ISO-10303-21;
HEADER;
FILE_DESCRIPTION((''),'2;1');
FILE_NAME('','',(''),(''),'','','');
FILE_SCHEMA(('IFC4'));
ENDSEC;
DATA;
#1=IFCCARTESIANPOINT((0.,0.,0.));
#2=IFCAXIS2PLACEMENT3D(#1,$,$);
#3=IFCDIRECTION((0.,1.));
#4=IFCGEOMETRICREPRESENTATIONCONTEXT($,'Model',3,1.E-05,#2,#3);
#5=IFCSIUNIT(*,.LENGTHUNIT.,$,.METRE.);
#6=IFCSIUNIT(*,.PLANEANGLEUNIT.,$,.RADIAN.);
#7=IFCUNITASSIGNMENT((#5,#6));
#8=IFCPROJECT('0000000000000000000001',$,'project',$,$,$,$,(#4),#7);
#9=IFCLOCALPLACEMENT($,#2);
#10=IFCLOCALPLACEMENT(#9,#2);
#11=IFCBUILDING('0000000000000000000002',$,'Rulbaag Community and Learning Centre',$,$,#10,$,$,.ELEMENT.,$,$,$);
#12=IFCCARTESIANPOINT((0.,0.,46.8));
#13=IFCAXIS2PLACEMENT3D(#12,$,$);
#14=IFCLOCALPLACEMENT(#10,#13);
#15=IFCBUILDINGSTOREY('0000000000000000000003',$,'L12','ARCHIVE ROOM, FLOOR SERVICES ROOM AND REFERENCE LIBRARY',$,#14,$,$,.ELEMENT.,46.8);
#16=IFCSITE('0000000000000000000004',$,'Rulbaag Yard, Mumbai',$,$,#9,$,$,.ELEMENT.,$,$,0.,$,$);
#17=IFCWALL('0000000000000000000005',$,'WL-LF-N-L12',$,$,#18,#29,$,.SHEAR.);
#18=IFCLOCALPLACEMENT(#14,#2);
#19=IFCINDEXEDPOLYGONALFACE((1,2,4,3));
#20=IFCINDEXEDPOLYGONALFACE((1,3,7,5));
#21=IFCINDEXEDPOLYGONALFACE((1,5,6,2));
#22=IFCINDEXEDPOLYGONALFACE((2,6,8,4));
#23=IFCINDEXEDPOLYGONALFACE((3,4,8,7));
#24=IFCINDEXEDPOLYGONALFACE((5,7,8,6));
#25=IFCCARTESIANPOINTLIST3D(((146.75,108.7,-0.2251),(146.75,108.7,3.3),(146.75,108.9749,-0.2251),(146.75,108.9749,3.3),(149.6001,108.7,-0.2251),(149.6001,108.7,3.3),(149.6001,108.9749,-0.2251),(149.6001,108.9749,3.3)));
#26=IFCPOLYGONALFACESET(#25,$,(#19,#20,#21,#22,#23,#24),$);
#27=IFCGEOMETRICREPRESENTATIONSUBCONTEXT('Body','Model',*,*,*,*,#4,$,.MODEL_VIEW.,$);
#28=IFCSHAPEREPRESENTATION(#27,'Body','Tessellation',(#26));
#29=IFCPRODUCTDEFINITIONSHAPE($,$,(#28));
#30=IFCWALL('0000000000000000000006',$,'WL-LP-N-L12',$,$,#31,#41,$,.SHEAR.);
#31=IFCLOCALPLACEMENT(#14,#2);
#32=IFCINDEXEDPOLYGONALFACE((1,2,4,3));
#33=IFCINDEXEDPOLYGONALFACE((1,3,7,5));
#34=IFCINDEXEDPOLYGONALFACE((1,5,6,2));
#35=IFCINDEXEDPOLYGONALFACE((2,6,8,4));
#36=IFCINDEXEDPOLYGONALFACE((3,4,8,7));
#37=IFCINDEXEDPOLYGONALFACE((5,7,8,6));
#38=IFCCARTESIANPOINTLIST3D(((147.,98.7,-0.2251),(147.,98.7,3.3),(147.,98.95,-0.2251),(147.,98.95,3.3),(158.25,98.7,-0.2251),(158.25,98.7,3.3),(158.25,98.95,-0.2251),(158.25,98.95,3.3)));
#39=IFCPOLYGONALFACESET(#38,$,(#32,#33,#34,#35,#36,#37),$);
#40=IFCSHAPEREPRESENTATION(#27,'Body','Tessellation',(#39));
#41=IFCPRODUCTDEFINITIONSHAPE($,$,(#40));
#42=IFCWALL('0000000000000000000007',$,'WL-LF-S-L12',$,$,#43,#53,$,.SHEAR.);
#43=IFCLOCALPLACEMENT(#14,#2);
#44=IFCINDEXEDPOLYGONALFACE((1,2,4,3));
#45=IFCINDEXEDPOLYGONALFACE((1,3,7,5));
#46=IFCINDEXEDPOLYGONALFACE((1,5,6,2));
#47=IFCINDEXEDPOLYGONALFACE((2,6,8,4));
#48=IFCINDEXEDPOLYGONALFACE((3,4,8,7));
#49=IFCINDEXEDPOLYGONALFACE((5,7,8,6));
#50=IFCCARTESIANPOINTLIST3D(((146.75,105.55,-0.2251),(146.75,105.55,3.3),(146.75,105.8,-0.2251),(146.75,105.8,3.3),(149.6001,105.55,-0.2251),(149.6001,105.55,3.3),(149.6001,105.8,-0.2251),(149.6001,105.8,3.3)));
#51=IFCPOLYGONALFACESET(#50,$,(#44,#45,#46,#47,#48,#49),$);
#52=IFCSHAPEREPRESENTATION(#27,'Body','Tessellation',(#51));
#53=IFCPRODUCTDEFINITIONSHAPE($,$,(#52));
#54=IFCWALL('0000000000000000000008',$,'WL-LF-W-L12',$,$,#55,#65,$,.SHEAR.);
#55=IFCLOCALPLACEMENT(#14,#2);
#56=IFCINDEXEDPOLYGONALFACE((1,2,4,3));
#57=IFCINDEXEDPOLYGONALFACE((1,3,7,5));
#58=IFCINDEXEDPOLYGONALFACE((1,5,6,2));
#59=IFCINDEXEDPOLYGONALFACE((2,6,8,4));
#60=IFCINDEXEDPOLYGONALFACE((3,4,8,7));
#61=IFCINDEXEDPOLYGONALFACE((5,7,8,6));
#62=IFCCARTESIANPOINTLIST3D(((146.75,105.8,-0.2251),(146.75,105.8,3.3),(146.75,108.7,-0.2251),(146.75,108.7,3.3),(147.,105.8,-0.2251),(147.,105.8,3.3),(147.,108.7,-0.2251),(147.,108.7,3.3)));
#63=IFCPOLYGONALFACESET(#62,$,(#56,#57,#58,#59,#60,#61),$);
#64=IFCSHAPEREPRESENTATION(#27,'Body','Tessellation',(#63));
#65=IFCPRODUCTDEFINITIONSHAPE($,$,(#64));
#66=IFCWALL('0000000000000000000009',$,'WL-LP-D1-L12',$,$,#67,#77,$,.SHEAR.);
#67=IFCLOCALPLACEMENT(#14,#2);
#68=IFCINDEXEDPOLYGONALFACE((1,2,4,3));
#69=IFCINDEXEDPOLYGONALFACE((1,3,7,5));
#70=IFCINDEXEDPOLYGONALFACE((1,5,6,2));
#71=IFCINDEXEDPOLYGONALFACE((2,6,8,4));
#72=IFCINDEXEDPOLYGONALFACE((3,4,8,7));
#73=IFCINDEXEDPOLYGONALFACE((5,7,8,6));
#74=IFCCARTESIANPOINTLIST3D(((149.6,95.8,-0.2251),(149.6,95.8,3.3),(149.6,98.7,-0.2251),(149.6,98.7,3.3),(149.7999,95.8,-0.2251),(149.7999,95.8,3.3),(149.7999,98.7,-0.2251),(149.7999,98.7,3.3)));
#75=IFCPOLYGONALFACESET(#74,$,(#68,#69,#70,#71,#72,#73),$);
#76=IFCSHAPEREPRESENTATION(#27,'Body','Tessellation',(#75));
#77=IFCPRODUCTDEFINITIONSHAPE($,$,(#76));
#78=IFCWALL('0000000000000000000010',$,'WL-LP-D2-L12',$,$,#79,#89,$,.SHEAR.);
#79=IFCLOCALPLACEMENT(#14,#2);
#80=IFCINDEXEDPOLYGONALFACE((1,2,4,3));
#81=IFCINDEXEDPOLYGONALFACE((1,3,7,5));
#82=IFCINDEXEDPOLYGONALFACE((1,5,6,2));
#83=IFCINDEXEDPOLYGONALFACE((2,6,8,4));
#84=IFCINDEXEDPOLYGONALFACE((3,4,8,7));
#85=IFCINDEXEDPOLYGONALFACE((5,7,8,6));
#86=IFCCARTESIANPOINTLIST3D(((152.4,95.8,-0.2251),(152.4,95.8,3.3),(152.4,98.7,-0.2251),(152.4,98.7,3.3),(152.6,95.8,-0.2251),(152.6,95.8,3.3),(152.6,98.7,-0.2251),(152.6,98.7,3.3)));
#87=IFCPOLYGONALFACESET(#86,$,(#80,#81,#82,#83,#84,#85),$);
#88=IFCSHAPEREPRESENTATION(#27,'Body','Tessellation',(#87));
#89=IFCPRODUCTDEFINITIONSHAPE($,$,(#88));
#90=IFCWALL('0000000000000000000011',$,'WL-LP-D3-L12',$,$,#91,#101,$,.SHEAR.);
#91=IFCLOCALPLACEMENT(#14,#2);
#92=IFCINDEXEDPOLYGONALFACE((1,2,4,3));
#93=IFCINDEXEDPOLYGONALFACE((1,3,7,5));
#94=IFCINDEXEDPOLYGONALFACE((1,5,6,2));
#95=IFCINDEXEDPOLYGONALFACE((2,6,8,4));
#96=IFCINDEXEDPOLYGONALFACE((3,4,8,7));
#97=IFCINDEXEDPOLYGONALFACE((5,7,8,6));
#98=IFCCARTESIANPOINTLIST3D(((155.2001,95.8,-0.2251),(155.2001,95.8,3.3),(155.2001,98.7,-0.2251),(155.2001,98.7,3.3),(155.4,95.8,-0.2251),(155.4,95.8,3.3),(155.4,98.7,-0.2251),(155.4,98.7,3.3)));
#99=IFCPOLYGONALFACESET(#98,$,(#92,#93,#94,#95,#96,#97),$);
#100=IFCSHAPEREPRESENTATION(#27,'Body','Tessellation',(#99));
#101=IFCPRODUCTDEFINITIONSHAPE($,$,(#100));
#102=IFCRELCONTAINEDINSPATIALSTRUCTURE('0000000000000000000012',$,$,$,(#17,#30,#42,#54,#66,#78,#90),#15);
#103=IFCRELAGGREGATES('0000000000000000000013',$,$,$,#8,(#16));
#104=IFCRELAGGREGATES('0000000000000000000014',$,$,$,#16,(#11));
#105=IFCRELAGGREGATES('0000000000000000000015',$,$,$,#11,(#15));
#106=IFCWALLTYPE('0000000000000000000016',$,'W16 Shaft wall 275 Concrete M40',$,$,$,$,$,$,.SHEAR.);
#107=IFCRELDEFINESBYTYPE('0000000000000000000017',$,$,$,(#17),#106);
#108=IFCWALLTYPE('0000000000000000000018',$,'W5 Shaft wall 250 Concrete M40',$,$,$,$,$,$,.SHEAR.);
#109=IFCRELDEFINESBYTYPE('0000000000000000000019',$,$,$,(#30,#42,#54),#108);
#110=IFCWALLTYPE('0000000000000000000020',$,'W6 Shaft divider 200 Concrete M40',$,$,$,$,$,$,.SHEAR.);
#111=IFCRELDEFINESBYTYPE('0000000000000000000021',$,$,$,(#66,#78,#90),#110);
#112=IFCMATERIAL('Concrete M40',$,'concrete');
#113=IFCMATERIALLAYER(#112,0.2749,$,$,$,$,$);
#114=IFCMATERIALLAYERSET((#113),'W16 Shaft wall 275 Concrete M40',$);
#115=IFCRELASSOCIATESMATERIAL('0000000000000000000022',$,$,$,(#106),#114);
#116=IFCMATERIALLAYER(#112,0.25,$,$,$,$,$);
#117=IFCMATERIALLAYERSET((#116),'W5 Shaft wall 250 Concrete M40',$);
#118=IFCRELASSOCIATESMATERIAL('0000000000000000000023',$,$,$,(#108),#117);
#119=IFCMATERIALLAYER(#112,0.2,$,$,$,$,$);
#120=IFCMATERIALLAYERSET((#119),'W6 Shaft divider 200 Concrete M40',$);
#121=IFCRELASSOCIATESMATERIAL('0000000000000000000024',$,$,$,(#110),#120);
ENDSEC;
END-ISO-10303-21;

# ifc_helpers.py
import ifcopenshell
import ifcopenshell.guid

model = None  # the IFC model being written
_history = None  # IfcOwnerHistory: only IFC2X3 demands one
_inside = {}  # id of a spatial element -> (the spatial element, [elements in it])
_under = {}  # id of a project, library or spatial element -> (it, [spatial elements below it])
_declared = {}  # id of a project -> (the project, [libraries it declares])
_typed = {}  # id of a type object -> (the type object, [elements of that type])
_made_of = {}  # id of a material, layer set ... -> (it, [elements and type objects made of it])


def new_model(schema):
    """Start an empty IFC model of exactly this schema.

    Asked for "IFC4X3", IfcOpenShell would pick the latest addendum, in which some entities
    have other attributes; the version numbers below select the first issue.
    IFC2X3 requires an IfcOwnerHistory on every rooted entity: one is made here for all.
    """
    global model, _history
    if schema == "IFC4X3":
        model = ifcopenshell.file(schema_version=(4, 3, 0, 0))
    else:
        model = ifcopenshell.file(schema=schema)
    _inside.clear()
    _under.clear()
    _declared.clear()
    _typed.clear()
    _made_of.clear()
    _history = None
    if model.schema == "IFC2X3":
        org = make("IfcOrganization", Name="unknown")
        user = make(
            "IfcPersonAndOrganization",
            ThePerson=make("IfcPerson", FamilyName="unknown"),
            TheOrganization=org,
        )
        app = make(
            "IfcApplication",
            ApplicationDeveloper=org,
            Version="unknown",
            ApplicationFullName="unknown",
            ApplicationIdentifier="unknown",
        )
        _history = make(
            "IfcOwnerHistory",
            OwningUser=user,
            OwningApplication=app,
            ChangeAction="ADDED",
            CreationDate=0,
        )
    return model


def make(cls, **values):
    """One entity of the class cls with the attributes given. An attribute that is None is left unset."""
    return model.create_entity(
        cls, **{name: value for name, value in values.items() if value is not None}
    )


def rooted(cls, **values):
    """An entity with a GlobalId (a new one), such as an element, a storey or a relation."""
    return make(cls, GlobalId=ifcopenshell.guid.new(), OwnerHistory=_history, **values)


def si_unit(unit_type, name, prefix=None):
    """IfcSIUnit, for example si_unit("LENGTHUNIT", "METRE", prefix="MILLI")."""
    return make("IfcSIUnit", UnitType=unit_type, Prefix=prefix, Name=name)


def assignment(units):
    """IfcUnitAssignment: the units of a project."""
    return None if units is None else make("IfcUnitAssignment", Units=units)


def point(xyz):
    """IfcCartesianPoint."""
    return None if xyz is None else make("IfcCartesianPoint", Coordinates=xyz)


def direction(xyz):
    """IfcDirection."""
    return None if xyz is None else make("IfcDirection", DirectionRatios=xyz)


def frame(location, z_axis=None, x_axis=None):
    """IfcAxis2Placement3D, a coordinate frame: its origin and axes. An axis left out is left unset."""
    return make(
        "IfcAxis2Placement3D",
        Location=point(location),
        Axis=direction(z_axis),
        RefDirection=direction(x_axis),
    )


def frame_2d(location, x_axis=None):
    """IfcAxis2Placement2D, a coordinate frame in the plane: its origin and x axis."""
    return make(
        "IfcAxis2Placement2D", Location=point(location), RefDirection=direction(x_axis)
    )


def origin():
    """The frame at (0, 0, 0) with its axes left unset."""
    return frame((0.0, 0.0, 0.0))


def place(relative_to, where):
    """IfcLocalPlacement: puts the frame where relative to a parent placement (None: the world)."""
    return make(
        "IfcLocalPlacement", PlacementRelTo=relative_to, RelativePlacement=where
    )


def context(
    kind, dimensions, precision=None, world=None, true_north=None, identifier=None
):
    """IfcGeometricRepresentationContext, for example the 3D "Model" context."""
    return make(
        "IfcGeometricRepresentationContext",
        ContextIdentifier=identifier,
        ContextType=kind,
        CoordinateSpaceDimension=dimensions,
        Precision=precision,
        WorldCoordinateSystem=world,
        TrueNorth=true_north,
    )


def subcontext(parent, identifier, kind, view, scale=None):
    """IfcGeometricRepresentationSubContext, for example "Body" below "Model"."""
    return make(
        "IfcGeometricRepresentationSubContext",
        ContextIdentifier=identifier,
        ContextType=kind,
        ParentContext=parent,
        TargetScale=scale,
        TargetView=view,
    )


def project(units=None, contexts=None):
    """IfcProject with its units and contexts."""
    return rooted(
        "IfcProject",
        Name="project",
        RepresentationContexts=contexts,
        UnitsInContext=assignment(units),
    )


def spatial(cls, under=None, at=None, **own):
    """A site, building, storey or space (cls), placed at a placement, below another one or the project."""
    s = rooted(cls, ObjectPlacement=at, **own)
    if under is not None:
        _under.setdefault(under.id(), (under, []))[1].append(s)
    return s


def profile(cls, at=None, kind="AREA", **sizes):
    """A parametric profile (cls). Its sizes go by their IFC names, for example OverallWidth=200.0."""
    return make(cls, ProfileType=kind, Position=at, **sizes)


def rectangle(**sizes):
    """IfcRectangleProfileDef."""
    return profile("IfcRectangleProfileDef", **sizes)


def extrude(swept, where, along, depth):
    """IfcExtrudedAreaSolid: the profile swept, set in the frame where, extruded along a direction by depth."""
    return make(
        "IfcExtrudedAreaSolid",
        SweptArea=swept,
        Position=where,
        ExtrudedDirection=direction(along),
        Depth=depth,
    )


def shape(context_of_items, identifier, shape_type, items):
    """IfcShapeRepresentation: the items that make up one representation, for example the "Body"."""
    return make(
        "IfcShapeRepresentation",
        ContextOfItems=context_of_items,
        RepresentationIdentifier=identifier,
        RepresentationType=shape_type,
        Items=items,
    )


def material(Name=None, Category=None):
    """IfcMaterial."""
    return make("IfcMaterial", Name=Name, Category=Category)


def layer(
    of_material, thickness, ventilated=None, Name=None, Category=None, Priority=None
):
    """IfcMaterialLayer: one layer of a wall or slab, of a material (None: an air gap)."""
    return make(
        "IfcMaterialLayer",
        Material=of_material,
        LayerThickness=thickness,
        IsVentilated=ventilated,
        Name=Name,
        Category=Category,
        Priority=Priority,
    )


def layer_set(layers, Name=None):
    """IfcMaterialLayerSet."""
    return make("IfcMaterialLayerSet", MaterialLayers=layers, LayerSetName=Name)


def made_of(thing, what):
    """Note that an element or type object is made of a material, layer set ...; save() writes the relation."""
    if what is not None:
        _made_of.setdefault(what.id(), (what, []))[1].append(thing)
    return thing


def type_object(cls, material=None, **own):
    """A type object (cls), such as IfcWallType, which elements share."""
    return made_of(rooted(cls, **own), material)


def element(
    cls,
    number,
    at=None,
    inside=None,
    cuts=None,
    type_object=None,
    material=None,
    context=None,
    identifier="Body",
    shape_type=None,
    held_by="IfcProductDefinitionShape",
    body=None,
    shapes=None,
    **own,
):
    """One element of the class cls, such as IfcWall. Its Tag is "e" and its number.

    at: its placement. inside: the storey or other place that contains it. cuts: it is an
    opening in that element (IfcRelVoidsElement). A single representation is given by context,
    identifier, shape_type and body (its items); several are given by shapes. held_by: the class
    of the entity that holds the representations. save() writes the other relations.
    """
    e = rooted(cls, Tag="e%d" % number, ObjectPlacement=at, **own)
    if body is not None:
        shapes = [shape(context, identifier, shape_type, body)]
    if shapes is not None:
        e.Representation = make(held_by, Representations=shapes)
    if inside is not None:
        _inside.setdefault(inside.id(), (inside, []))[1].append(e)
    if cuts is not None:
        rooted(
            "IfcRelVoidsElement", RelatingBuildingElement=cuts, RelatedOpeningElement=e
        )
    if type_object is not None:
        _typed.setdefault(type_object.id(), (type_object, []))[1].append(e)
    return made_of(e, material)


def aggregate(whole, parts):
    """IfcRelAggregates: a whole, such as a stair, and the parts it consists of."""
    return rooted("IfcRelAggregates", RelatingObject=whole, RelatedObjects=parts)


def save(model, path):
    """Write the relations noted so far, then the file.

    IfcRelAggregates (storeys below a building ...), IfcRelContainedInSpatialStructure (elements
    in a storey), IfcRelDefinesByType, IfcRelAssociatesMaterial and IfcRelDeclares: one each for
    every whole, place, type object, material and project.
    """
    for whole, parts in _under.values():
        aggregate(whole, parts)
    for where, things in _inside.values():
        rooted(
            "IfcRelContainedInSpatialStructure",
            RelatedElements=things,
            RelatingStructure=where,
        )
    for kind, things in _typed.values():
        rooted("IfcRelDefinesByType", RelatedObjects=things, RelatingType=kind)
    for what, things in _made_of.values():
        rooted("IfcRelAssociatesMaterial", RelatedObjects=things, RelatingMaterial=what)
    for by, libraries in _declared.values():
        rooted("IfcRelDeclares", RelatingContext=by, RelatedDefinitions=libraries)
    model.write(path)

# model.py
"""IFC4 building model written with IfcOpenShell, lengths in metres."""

from ifc_helpers import new_model, si_unit, direction, frame, frame_2d, origin, place, context, subcontext, project, spatial, rectangle, extrude, material, layer, layer_set, type_object, element, save


model = new_model("IFC4")

# Units and contexts
model_context = context("Model", 3, precision=1e-05, world=origin(), true_north=direction((0.0, 1.0)))
body_context = subcontext(model_context, "Body", "Model", "MODEL_VIEW")
ifc_project = project(units=[si_unit("LENGTHUNIT", "METRE"), si_unit("PLANEANGLEUNIT", "RADIAN")], contexts=[model_context])

# Site, building, storey
site_placement = place(None, origin())
site = spatial("IfcSite", under=ifc_project, at=site_placement, Name="Rulbaag Yard, Mumbai", CompositionType="ELEMENT", RefElevation=0.0)
building_placement = place(site_placement, origin())
building = spatial("IfcBuilding", under=site, at=building_placement, Name="Rulbaag Community and Learning Centre", CompositionType="ELEMENT")
storey_placement = place(building_placement, frame((0.0, 0.0, 46.8)))
storey = spatial("IfcBuildingStorey", under=building, at=storey_placement, Name="L12", Description="ARCHIVE ROOM, FLOOR SERVICES ROOM AND REFERENCE LIBRARY", CompositionType="ELEMENT", Elevation=46.8)

# Shared definitions
ifc_material_1 = material(Name="Concrete M40", Category="concrete")

# Walls
ifc_layer_1 = layer(ifc_material_1, 0.2749)
ifc_layer_set_1 = layer_set([ifc_layer_1], Name="W16 Shaft wall 275 Concrete M40")
wall_type_1 = type_object("IfcWallType", Name="W16 Shaft wall 275 Concrete M40", PredefinedType="SHEAR", material=ifc_layer_set_1)
wall_1_placement = place(storey_placement, frame((146.75, 108.8374, -0.2251), z_axis=(0.0, 0.0, 1.0), x_axis=(1.0, 0.0, 0.0)))
element("IfcWall", 1, at=wall_1_placement, inside=storey, type_object=wall_type_1, Name="WL-LF-N-L12", PredefinedType="SHEAR", context=body_context, shape_type="SweptSolid", body=[
    extrude(rectangle(XDim=2.8501, YDim=0.2749, at=frame_2d((1.425, 0.0))), origin(), (0.0, 0.0, 1.0), 3.5251),
])
ifc_layer_2 = layer(ifc_material_1, 0.25)
ifc_layer_set_2 = layer_set([ifc_layer_2], Name="W5 Shaft wall 250 Concrete M40")
wall_type_2 = type_object("IfcWallType", Name="W5 Shaft wall 250 Concrete M40", PredefinedType="SHEAR", material=ifc_layer_set_2)
wall_2_placement = place(storey_placement, frame((147.0, 98.825, -0.2251), z_axis=(0.0, 0.0, 1.0), x_axis=(1.0, 0.0, 0.0)))
element("IfcWall", 2, at=wall_2_placement, inside=storey, type_object=wall_type_2, Name="WL-LP-N-L12", PredefinedType="SHEAR", context=body_context, shape_type="SweptSolid", body=[
    extrude(rectangle(XDim=11.25, YDim=0.25, at=frame_2d((5.625, 0.0))), origin(), (0.0, 0.0, 1.0), 3.5251),
])
wall_3_placement = place(storey_placement, frame((146.75, 105.675, -0.2251), z_axis=(0.0, 0.0, 1.0), x_axis=(1.0, 0.0, 0.0)))
element("IfcWall", 3, at=wall_3_placement, inside=storey, type_object=wall_type_2, Name="WL-LF-S-L12", PredefinedType="SHEAR", context=body_context, shape_type="SweptSolid", body=[
    extrude(rectangle(XDim=2.8501, YDim=0.25, at=frame_2d((1.425, 0.0))), origin(), (0.0, 0.0, 1.0), 3.5251),
])
wall_4_placement = place(storey_placement, frame((146.875, 105.8, -0.2251), z_axis=(0.0, 0.0, 1.0), x_axis=(0.0, 1.0, 0.0)))
element("IfcWall", 4, at=wall_4_placement, inside=storey, type_object=wall_type_2, Name="WL-LF-W-L12", PredefinedType="SHEAR", context=body_context, shape_type="SweptSolid", body=[
    extrude(rectangle(XDim=2.8999, YDim=0.25, at=frame_2d((1.45, 0.0))), origin(), (0.0, 0.0, 1.0), 3.5251),
])
ifc_layer_3 = layer(ifc_material_1, 0.2)
ifc_layer_set_3 = layer_set([ifc_layer_3], Name="W6 Shaft divider 200 Concrete M40")
wall_type_3 = type_object("IfcWallType", Name="W6 Shaft divider 200 Concrete M40", PredefinedType="SHEAR", material=ifc_layer_set_3)
for number, where, z_axis, x_axis, name in (
    (5, (149.7, 95.8, -0.2251), (0.0, 0.0, 1.0), (0.0, 1.0, 0.0), "WL-LP-D1-L12"),
    (6, (152.5, 95.8, -0.2251), (0.0, 0.0, 1.0), (0.0, 1.0, 0.0), "WL-LP-D2-L12"),
    (7, (155.3, 95.8, -0.2251), (0.0, 0.0, 1.0), (0.0, 1.0, 0.0), "WL-LP-D3-L12"),
):
    element("IfcWall", number, at=place(storey_placement, frame(where, z_axis=z_axis, x_axis=x_axis)), inside=storey, type_object=wall_type_3, Name=name, PredefinedType="SHEAR", context=body_context, shape_type="SweptSolid", body=[
        extrude(rectangle(XDim=2.8999, YDim=0.2, at=frame_2d((1.45, 0.0))), origin(), (0.0, 0.0, 1.0), 3.5251),
    ])

save(model, "model.ifc")
